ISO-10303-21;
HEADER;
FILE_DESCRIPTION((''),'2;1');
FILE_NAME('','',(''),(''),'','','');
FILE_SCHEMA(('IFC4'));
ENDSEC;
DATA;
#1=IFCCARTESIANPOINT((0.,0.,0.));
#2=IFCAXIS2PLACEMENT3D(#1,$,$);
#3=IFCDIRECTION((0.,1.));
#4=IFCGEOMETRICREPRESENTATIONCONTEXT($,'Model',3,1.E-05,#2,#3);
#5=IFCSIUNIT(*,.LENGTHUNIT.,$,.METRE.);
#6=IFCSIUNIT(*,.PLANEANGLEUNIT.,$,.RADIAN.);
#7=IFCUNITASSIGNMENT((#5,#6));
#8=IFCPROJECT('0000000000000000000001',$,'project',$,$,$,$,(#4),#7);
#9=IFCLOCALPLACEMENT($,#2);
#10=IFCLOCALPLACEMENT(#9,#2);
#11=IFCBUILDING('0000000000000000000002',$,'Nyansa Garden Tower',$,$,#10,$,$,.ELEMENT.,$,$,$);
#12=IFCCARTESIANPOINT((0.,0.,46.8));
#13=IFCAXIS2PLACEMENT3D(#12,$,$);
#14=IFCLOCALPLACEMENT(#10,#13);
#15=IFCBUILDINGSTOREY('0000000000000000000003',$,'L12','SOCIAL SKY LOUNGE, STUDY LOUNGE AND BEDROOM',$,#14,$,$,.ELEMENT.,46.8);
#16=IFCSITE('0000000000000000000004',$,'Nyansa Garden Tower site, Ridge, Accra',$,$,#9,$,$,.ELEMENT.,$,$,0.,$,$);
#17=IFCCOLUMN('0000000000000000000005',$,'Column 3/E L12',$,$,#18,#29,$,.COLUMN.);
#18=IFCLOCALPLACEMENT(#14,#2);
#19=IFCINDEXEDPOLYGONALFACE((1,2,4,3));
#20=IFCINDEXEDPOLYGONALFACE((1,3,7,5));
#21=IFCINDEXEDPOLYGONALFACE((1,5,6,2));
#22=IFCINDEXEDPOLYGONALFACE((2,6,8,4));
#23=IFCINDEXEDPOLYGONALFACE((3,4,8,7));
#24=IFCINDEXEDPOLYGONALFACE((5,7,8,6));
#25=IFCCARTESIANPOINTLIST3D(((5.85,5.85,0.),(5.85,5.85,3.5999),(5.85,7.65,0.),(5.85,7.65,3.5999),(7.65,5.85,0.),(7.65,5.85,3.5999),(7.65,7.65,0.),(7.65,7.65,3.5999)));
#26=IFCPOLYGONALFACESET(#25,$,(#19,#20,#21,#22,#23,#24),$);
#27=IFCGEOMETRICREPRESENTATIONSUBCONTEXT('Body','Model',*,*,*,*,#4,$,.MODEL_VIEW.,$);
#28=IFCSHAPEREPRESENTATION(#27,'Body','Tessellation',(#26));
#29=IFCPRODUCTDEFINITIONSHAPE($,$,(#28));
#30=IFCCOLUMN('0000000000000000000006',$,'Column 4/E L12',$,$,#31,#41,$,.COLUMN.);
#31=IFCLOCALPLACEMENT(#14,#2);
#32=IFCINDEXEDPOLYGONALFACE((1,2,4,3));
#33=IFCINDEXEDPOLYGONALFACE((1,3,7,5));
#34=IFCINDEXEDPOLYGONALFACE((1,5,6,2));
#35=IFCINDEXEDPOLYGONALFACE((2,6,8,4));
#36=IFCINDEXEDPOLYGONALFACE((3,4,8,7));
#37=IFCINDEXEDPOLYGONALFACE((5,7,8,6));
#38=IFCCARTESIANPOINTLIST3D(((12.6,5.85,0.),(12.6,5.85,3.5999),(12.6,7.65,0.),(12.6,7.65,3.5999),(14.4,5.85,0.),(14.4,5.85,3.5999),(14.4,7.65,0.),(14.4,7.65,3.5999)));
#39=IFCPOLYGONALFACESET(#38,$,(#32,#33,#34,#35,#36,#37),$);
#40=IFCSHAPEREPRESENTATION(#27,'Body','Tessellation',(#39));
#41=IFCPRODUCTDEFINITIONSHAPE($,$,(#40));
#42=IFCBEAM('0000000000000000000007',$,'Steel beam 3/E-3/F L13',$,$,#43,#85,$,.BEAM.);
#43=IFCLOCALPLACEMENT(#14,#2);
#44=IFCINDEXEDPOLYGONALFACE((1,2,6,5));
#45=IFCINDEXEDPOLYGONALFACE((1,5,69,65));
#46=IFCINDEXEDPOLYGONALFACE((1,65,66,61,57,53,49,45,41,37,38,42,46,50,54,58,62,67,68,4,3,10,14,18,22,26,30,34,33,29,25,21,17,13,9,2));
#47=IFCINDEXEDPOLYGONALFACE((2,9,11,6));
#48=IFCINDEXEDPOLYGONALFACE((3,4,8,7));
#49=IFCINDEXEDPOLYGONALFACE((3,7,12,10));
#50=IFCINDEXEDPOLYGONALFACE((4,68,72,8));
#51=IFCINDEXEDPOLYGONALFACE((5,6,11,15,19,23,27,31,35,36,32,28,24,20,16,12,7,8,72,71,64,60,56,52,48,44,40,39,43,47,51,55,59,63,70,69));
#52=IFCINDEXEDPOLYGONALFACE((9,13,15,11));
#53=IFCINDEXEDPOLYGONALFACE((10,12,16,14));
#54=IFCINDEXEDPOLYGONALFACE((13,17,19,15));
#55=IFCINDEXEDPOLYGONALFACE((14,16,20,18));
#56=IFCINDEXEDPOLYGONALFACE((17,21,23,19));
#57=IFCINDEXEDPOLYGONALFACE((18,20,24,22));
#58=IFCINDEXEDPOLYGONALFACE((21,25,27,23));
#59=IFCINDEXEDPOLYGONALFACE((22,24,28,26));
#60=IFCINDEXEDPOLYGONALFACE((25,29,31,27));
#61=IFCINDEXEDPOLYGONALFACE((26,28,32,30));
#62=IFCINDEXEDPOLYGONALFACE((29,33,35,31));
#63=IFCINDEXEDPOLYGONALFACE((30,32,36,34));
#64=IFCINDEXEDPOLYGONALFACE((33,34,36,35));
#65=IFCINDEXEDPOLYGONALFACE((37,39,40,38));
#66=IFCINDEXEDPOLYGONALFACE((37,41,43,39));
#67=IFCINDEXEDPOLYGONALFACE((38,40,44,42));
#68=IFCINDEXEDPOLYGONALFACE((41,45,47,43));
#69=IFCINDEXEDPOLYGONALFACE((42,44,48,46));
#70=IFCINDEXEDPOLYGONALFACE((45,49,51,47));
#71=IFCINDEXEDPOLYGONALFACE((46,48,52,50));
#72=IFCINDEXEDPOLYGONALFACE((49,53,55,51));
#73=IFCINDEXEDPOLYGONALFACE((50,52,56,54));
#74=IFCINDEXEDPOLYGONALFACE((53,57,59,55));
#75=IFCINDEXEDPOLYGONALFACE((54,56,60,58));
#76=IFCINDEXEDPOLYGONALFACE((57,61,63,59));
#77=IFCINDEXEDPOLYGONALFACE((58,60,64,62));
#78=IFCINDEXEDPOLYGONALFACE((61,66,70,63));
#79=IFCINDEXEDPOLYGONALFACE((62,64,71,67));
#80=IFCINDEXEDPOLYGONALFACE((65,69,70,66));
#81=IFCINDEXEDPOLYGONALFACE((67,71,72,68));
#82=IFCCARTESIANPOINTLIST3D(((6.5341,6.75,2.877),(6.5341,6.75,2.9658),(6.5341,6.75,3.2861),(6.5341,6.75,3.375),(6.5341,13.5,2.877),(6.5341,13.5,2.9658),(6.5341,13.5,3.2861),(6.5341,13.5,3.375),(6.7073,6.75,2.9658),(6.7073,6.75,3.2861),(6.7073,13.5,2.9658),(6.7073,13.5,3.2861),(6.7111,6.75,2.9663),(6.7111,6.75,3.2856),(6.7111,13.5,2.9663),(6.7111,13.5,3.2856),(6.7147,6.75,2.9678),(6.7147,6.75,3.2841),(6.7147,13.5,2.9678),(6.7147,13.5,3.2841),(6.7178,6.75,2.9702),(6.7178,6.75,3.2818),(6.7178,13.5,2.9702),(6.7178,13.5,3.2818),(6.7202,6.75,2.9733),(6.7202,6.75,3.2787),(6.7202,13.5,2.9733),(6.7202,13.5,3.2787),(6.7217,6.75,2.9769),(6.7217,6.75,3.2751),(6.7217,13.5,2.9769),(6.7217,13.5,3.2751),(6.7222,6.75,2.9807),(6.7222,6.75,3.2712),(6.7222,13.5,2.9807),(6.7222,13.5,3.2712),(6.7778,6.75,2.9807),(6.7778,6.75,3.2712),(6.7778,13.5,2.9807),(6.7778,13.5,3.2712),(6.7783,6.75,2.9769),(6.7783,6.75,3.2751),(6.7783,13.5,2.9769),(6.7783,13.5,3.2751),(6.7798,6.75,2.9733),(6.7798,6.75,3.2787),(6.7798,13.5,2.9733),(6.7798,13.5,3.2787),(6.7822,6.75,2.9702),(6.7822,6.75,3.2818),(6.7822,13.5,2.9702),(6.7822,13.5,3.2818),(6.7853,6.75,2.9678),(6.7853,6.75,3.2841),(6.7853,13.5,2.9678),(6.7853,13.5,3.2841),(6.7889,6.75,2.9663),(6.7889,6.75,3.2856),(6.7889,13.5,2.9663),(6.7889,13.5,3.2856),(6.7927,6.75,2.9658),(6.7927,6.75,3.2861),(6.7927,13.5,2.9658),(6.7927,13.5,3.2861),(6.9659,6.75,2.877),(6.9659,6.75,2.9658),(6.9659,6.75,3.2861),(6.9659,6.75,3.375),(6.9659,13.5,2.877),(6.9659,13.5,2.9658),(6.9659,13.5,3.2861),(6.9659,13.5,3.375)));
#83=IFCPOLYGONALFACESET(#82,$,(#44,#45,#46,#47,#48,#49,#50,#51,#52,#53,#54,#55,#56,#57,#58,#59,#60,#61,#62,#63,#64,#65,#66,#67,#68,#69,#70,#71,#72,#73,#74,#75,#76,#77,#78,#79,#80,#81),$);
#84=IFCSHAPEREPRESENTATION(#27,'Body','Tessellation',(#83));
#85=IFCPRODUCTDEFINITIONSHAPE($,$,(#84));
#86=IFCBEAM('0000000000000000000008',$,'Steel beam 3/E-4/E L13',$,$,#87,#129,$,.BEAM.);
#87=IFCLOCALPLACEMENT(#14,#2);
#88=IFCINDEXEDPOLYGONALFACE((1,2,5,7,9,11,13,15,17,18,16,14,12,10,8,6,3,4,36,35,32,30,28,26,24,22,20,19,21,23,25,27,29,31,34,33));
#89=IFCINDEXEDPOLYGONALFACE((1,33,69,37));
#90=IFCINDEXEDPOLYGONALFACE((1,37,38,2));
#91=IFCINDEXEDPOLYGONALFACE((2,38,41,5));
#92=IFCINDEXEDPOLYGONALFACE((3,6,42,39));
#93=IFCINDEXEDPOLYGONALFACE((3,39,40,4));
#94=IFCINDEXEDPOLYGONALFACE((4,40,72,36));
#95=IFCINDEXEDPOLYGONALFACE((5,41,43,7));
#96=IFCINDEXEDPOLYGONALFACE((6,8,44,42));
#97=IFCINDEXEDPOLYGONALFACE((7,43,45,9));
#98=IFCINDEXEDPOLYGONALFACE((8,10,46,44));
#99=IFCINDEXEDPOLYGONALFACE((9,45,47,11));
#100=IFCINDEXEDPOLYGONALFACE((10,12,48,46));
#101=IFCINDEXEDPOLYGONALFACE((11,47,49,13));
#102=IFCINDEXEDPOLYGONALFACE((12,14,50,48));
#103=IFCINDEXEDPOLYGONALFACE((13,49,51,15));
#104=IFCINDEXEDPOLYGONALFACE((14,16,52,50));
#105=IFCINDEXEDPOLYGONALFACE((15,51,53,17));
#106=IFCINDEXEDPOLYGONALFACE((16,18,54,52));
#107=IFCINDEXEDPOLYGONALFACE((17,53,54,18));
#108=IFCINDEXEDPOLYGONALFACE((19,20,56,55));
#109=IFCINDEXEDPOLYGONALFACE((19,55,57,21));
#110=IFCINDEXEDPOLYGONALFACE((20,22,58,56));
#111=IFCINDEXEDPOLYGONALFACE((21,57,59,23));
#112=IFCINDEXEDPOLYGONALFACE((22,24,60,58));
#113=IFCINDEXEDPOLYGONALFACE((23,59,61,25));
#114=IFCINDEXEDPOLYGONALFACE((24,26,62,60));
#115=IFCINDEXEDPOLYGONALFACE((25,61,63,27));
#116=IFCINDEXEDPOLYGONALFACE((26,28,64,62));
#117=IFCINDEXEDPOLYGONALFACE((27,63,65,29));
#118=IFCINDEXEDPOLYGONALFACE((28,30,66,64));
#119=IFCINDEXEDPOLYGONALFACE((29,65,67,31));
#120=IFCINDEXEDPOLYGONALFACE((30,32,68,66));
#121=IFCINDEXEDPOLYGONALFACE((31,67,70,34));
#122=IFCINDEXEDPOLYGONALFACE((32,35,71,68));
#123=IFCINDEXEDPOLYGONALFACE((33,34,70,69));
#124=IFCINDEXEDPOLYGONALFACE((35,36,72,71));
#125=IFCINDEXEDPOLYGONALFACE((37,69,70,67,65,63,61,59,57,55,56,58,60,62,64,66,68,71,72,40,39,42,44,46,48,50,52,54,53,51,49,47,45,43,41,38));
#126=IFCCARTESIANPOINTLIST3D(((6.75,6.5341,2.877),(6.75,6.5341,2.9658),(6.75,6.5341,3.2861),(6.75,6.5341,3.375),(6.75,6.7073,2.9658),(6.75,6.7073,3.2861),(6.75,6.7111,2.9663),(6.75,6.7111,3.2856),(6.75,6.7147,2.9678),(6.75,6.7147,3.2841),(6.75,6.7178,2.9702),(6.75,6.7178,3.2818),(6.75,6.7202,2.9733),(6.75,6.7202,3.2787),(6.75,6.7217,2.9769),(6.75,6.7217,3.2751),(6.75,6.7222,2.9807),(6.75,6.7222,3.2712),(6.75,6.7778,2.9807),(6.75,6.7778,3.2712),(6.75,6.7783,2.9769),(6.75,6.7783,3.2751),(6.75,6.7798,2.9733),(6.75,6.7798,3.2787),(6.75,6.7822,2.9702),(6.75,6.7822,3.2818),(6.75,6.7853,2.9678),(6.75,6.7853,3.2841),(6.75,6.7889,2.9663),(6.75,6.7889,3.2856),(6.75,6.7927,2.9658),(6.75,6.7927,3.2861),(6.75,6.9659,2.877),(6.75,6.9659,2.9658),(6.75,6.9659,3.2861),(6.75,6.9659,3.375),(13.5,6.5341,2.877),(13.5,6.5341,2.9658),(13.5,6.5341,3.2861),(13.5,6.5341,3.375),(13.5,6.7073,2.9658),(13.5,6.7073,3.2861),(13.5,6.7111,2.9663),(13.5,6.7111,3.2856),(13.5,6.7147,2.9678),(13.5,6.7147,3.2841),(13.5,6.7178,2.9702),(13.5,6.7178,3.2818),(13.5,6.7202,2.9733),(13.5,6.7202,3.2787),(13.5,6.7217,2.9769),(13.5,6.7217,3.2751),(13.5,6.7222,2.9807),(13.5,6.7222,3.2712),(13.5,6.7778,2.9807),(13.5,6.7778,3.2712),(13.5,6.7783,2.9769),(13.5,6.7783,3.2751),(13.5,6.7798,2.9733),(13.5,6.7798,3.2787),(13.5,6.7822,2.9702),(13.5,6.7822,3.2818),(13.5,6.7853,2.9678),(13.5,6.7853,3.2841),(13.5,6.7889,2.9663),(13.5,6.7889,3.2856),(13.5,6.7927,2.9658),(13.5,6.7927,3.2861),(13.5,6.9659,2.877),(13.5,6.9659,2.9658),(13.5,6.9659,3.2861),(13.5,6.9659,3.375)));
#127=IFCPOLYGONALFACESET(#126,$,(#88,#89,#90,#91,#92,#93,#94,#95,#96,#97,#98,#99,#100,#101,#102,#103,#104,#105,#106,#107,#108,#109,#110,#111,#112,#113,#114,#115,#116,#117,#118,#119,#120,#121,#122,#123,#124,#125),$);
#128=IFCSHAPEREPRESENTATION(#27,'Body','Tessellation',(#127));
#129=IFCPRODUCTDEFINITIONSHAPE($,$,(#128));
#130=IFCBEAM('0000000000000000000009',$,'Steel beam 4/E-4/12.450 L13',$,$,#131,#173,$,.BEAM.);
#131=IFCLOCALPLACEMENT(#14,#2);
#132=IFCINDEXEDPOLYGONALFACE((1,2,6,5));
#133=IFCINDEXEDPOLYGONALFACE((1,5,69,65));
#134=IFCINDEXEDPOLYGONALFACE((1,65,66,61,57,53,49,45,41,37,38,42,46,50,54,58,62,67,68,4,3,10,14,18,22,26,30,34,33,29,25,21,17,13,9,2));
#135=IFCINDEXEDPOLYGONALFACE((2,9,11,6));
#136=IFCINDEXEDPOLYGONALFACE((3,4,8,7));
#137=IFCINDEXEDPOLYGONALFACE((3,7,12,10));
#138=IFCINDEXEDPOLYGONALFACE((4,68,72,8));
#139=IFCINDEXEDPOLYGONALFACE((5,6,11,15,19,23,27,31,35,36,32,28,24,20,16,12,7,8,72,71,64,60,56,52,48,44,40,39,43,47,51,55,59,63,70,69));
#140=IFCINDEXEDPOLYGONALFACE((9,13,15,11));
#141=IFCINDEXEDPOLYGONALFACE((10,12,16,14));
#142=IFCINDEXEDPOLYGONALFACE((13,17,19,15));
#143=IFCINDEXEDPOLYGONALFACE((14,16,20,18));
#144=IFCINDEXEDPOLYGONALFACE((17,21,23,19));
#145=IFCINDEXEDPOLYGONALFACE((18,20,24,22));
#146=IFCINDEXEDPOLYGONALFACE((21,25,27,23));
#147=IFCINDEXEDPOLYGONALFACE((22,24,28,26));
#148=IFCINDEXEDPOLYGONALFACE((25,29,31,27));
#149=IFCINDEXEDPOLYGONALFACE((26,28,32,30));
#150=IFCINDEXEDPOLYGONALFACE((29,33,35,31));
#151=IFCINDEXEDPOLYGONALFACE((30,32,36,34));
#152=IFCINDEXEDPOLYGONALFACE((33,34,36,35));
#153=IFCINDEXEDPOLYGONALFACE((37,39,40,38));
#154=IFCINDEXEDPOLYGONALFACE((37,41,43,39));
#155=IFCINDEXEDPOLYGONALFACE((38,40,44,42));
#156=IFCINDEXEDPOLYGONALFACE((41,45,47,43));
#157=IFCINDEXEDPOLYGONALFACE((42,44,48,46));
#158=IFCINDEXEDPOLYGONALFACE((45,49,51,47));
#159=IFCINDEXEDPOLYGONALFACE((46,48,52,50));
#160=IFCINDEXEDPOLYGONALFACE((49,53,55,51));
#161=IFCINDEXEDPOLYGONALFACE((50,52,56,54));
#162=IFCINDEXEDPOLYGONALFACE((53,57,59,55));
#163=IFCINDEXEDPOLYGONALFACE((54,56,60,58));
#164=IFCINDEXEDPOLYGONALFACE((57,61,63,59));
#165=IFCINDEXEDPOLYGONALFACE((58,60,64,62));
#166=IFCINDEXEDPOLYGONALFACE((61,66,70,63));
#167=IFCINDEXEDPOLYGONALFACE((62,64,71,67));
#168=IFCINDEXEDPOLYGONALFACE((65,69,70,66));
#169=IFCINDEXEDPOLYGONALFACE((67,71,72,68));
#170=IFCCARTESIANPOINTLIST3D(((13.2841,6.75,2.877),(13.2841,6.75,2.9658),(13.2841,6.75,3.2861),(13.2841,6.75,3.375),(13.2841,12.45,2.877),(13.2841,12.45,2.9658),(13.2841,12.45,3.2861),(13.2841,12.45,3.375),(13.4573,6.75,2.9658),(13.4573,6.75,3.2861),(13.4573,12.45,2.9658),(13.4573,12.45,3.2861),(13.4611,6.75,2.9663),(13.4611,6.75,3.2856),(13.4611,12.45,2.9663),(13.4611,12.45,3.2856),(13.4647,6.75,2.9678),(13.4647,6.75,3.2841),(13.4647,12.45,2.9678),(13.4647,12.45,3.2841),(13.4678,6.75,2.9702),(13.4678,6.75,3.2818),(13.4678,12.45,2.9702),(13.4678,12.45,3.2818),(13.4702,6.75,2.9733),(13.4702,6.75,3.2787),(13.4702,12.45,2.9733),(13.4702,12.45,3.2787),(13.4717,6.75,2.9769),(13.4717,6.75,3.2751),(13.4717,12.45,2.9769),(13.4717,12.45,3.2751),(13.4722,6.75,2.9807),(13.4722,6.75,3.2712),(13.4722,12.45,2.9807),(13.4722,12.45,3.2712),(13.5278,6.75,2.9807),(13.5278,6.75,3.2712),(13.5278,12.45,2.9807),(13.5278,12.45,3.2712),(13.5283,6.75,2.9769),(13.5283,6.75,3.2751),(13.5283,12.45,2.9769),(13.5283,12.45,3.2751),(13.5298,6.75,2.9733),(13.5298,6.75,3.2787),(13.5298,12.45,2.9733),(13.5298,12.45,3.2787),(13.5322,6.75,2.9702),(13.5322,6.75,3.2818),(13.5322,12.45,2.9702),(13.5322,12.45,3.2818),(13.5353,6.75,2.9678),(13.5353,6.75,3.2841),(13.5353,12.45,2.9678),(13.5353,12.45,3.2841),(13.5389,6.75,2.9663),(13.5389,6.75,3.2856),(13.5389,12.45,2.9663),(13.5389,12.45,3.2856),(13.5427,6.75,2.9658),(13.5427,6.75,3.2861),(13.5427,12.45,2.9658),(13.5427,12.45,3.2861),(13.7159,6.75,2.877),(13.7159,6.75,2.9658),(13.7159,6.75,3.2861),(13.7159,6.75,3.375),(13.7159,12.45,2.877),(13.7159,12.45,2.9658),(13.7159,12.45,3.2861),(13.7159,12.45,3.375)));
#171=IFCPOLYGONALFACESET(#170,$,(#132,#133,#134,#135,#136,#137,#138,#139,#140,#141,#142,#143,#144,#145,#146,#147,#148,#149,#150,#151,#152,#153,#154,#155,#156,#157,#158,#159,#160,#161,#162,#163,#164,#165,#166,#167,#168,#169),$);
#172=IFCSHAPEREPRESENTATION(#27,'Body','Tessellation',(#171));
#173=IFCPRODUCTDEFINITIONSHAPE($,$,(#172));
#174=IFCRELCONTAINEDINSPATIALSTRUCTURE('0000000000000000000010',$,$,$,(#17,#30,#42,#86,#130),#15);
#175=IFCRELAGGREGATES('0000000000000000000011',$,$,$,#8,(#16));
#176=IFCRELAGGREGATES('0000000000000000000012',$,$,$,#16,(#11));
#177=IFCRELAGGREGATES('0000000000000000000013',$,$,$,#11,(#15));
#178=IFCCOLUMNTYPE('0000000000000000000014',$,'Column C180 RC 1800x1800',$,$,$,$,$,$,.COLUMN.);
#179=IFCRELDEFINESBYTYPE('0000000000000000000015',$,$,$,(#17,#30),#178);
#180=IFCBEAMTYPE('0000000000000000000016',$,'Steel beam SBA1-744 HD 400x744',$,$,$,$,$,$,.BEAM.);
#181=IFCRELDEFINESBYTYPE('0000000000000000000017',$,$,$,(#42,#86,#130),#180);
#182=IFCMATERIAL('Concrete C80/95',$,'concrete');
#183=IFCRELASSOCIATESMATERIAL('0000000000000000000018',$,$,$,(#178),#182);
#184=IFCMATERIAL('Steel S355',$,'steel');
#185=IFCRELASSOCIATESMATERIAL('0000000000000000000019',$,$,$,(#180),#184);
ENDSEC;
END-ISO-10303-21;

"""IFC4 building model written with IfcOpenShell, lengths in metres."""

from ifc_helpers import new_model, si_unit, direction, frame, origin, origin_2d, place, context, subcontext, project, spatial, rectangle, i_section, extrude, material, material_profile, profile_set, type_object, element, save


model = new_model("IFC4")

# Units and contexts
model_context = context("Model", 3, precision=1e-05, world=origin(), true_north=direction((0.0, 1.0)))
body_context = subcontext(model_context, "Body", "Model", "MODEL_VIEW")
ifc_project = project(units=[si_unit("LENGTHUNIT", "METRE"), si_unit("PLANEANGLEUNIT", "RADIAN")], contexts=[model_context])

# Site, building, storey
site_placement = place(None, origin())
site = spatial("IfcSite", under=ifc_project, at=site_placement, Name="Nyansa Garden Tower site, Ridge, Accra", CompositionType="ELEMENT", RefElevation=0.0)
building_placement = place(site_placement, origin())
building = spatial("IfcBuilding", under=site, at=building_placement, Name="Nyansa Garden Tower", CompositionType="ELEMENT")
storey_placement = place(building_placement, frame((0.0, 0.0, 46.8)))
storey = spatial("IfcBuildingStorey", under=building, at=storey_placement, Name="L12", Description="SOCIAL SKY LOUNGE, STUDY LOUNGE AND BEDROOM", CompositionType="ELEMENT", Elevation=46.8)

# Columns
ifc_material_1 = material(Name="Concrete C80/95", Category="concrete")
ifc_material_profile_1 = material_profile(ifc_material_1, rectangle(XDim=1.8, YDim=1.8, at=origin_2d()), Name="RC 1800x1800")
ifc_profile_set_1 = profile_set([ifc_material_profile_1], Name="Concrete C80/95")
column_type = type_object("IfcColumnType", Name="Column C180 RC 1800x1800", PredefinedType="COLUMN", material=ifc_profile_set_1)
for number, where, z_axis, x_axis, name in (
    (1, (6.75, 6.75, 0.0), (0.0, 0.0, 1.0), (1.0, 0.0, 0.0), "Column 3/E L12"),
    (2, (13.5, 6.75, 0.0), (0.0, 0.0, 1.0), (1.0, 0.0, 0.0), "Column 4/E L12"),
):
    element("IfcColumn", number, at=place(storey_placement, frame(where, z_axis=z_axis, x_axis=x_axis)), inside=storey, type_object=column_type, Name=name, PredefinedType="COLUMN", context=body_context, shape_type="SweptSolid", body=[
        extrude(rectangle(XDim=1.8, YDim=1.8, at=origin_2d()), origin(), (0.0, 0.0, 1.0), 3.5999),
    ])

# Beams
ifc_material_2 = material(Name="Steel S355", Category="steel")
ifc_material_profile_2 = material_profile(ifc_material_2, i_section(OverallWidth=0.4319, OverallDepth=0.498, WebThickness=0.0557, FlangeThickness=0.0889, FilletRadius=0.0149, at=origin_2d()), Name="HD 400x744")
ifc_profile_set_2 = profile_set([ifc_material_profile_2], Name="Steel S355")
beam_type_1 = type_object("IfcBeamType", Name="Steel beam SBA1-744 HD 400x744", PredefinedType="BEAM", material=ifc_profile_set_2)
for number, where, z_axis, x_axis, name in (
    (3, (6.75, 6.75, 3.126), (0.0, 1.0, 0.0), (-1.0, 0.0, 0.0), "Steel beam 3/E-3/F L13"),
    (4, (6.75, 6.75, 3.126), (1.0, 0.0, 0.0), (0.0, 1.0, 0.0), "Steel beam 3/E-4/E L13"),
):
    element("IfcBeam", number, at=place(storey_placement, frame(where, z_axis=z_axis, x_axis=x_axis)), inside=storey, type_object=beam_type_1, Name=name, PredefinedType="BEAM", context=body_context, shape_type="SweptSolid", body=[
        extrude(i_section(OverallWidth=0.4319, OverallDepth=0.498, WebThickness=0.0557, FlangeThickness=0.0889, FilletRadius=0.0149, at=origin_2d()), origin(), (0.0, 0.0, 1.0), 6.75),
    ])
beam_1_placement = place(storey_placement, frame((13.5, 6.75, 3.126), z_axis=(0.0, 1.0, 0.0), x_axis=(-1.0, 0.0, 0.0)))
element("IfcBeam", 5, at=beam_1_placement, inside=storey, type_object=beam_type_1, Name="Steel beam 4/E-4/12.450 L13", PredefinedType="BEAM", context=body_context, shape_type="SweptSolid", body=[
    extrude(i_section(OverallWidth=0.4319, OverallDepth=0.498, WebThickness=0.0557, FlangeThickness=0.0889, FilletRadius=0.0149, at=origin_2d()), origin(), (0.0, 0.0, 1.0), 5.7),
])

save(model, "model.ifc")
